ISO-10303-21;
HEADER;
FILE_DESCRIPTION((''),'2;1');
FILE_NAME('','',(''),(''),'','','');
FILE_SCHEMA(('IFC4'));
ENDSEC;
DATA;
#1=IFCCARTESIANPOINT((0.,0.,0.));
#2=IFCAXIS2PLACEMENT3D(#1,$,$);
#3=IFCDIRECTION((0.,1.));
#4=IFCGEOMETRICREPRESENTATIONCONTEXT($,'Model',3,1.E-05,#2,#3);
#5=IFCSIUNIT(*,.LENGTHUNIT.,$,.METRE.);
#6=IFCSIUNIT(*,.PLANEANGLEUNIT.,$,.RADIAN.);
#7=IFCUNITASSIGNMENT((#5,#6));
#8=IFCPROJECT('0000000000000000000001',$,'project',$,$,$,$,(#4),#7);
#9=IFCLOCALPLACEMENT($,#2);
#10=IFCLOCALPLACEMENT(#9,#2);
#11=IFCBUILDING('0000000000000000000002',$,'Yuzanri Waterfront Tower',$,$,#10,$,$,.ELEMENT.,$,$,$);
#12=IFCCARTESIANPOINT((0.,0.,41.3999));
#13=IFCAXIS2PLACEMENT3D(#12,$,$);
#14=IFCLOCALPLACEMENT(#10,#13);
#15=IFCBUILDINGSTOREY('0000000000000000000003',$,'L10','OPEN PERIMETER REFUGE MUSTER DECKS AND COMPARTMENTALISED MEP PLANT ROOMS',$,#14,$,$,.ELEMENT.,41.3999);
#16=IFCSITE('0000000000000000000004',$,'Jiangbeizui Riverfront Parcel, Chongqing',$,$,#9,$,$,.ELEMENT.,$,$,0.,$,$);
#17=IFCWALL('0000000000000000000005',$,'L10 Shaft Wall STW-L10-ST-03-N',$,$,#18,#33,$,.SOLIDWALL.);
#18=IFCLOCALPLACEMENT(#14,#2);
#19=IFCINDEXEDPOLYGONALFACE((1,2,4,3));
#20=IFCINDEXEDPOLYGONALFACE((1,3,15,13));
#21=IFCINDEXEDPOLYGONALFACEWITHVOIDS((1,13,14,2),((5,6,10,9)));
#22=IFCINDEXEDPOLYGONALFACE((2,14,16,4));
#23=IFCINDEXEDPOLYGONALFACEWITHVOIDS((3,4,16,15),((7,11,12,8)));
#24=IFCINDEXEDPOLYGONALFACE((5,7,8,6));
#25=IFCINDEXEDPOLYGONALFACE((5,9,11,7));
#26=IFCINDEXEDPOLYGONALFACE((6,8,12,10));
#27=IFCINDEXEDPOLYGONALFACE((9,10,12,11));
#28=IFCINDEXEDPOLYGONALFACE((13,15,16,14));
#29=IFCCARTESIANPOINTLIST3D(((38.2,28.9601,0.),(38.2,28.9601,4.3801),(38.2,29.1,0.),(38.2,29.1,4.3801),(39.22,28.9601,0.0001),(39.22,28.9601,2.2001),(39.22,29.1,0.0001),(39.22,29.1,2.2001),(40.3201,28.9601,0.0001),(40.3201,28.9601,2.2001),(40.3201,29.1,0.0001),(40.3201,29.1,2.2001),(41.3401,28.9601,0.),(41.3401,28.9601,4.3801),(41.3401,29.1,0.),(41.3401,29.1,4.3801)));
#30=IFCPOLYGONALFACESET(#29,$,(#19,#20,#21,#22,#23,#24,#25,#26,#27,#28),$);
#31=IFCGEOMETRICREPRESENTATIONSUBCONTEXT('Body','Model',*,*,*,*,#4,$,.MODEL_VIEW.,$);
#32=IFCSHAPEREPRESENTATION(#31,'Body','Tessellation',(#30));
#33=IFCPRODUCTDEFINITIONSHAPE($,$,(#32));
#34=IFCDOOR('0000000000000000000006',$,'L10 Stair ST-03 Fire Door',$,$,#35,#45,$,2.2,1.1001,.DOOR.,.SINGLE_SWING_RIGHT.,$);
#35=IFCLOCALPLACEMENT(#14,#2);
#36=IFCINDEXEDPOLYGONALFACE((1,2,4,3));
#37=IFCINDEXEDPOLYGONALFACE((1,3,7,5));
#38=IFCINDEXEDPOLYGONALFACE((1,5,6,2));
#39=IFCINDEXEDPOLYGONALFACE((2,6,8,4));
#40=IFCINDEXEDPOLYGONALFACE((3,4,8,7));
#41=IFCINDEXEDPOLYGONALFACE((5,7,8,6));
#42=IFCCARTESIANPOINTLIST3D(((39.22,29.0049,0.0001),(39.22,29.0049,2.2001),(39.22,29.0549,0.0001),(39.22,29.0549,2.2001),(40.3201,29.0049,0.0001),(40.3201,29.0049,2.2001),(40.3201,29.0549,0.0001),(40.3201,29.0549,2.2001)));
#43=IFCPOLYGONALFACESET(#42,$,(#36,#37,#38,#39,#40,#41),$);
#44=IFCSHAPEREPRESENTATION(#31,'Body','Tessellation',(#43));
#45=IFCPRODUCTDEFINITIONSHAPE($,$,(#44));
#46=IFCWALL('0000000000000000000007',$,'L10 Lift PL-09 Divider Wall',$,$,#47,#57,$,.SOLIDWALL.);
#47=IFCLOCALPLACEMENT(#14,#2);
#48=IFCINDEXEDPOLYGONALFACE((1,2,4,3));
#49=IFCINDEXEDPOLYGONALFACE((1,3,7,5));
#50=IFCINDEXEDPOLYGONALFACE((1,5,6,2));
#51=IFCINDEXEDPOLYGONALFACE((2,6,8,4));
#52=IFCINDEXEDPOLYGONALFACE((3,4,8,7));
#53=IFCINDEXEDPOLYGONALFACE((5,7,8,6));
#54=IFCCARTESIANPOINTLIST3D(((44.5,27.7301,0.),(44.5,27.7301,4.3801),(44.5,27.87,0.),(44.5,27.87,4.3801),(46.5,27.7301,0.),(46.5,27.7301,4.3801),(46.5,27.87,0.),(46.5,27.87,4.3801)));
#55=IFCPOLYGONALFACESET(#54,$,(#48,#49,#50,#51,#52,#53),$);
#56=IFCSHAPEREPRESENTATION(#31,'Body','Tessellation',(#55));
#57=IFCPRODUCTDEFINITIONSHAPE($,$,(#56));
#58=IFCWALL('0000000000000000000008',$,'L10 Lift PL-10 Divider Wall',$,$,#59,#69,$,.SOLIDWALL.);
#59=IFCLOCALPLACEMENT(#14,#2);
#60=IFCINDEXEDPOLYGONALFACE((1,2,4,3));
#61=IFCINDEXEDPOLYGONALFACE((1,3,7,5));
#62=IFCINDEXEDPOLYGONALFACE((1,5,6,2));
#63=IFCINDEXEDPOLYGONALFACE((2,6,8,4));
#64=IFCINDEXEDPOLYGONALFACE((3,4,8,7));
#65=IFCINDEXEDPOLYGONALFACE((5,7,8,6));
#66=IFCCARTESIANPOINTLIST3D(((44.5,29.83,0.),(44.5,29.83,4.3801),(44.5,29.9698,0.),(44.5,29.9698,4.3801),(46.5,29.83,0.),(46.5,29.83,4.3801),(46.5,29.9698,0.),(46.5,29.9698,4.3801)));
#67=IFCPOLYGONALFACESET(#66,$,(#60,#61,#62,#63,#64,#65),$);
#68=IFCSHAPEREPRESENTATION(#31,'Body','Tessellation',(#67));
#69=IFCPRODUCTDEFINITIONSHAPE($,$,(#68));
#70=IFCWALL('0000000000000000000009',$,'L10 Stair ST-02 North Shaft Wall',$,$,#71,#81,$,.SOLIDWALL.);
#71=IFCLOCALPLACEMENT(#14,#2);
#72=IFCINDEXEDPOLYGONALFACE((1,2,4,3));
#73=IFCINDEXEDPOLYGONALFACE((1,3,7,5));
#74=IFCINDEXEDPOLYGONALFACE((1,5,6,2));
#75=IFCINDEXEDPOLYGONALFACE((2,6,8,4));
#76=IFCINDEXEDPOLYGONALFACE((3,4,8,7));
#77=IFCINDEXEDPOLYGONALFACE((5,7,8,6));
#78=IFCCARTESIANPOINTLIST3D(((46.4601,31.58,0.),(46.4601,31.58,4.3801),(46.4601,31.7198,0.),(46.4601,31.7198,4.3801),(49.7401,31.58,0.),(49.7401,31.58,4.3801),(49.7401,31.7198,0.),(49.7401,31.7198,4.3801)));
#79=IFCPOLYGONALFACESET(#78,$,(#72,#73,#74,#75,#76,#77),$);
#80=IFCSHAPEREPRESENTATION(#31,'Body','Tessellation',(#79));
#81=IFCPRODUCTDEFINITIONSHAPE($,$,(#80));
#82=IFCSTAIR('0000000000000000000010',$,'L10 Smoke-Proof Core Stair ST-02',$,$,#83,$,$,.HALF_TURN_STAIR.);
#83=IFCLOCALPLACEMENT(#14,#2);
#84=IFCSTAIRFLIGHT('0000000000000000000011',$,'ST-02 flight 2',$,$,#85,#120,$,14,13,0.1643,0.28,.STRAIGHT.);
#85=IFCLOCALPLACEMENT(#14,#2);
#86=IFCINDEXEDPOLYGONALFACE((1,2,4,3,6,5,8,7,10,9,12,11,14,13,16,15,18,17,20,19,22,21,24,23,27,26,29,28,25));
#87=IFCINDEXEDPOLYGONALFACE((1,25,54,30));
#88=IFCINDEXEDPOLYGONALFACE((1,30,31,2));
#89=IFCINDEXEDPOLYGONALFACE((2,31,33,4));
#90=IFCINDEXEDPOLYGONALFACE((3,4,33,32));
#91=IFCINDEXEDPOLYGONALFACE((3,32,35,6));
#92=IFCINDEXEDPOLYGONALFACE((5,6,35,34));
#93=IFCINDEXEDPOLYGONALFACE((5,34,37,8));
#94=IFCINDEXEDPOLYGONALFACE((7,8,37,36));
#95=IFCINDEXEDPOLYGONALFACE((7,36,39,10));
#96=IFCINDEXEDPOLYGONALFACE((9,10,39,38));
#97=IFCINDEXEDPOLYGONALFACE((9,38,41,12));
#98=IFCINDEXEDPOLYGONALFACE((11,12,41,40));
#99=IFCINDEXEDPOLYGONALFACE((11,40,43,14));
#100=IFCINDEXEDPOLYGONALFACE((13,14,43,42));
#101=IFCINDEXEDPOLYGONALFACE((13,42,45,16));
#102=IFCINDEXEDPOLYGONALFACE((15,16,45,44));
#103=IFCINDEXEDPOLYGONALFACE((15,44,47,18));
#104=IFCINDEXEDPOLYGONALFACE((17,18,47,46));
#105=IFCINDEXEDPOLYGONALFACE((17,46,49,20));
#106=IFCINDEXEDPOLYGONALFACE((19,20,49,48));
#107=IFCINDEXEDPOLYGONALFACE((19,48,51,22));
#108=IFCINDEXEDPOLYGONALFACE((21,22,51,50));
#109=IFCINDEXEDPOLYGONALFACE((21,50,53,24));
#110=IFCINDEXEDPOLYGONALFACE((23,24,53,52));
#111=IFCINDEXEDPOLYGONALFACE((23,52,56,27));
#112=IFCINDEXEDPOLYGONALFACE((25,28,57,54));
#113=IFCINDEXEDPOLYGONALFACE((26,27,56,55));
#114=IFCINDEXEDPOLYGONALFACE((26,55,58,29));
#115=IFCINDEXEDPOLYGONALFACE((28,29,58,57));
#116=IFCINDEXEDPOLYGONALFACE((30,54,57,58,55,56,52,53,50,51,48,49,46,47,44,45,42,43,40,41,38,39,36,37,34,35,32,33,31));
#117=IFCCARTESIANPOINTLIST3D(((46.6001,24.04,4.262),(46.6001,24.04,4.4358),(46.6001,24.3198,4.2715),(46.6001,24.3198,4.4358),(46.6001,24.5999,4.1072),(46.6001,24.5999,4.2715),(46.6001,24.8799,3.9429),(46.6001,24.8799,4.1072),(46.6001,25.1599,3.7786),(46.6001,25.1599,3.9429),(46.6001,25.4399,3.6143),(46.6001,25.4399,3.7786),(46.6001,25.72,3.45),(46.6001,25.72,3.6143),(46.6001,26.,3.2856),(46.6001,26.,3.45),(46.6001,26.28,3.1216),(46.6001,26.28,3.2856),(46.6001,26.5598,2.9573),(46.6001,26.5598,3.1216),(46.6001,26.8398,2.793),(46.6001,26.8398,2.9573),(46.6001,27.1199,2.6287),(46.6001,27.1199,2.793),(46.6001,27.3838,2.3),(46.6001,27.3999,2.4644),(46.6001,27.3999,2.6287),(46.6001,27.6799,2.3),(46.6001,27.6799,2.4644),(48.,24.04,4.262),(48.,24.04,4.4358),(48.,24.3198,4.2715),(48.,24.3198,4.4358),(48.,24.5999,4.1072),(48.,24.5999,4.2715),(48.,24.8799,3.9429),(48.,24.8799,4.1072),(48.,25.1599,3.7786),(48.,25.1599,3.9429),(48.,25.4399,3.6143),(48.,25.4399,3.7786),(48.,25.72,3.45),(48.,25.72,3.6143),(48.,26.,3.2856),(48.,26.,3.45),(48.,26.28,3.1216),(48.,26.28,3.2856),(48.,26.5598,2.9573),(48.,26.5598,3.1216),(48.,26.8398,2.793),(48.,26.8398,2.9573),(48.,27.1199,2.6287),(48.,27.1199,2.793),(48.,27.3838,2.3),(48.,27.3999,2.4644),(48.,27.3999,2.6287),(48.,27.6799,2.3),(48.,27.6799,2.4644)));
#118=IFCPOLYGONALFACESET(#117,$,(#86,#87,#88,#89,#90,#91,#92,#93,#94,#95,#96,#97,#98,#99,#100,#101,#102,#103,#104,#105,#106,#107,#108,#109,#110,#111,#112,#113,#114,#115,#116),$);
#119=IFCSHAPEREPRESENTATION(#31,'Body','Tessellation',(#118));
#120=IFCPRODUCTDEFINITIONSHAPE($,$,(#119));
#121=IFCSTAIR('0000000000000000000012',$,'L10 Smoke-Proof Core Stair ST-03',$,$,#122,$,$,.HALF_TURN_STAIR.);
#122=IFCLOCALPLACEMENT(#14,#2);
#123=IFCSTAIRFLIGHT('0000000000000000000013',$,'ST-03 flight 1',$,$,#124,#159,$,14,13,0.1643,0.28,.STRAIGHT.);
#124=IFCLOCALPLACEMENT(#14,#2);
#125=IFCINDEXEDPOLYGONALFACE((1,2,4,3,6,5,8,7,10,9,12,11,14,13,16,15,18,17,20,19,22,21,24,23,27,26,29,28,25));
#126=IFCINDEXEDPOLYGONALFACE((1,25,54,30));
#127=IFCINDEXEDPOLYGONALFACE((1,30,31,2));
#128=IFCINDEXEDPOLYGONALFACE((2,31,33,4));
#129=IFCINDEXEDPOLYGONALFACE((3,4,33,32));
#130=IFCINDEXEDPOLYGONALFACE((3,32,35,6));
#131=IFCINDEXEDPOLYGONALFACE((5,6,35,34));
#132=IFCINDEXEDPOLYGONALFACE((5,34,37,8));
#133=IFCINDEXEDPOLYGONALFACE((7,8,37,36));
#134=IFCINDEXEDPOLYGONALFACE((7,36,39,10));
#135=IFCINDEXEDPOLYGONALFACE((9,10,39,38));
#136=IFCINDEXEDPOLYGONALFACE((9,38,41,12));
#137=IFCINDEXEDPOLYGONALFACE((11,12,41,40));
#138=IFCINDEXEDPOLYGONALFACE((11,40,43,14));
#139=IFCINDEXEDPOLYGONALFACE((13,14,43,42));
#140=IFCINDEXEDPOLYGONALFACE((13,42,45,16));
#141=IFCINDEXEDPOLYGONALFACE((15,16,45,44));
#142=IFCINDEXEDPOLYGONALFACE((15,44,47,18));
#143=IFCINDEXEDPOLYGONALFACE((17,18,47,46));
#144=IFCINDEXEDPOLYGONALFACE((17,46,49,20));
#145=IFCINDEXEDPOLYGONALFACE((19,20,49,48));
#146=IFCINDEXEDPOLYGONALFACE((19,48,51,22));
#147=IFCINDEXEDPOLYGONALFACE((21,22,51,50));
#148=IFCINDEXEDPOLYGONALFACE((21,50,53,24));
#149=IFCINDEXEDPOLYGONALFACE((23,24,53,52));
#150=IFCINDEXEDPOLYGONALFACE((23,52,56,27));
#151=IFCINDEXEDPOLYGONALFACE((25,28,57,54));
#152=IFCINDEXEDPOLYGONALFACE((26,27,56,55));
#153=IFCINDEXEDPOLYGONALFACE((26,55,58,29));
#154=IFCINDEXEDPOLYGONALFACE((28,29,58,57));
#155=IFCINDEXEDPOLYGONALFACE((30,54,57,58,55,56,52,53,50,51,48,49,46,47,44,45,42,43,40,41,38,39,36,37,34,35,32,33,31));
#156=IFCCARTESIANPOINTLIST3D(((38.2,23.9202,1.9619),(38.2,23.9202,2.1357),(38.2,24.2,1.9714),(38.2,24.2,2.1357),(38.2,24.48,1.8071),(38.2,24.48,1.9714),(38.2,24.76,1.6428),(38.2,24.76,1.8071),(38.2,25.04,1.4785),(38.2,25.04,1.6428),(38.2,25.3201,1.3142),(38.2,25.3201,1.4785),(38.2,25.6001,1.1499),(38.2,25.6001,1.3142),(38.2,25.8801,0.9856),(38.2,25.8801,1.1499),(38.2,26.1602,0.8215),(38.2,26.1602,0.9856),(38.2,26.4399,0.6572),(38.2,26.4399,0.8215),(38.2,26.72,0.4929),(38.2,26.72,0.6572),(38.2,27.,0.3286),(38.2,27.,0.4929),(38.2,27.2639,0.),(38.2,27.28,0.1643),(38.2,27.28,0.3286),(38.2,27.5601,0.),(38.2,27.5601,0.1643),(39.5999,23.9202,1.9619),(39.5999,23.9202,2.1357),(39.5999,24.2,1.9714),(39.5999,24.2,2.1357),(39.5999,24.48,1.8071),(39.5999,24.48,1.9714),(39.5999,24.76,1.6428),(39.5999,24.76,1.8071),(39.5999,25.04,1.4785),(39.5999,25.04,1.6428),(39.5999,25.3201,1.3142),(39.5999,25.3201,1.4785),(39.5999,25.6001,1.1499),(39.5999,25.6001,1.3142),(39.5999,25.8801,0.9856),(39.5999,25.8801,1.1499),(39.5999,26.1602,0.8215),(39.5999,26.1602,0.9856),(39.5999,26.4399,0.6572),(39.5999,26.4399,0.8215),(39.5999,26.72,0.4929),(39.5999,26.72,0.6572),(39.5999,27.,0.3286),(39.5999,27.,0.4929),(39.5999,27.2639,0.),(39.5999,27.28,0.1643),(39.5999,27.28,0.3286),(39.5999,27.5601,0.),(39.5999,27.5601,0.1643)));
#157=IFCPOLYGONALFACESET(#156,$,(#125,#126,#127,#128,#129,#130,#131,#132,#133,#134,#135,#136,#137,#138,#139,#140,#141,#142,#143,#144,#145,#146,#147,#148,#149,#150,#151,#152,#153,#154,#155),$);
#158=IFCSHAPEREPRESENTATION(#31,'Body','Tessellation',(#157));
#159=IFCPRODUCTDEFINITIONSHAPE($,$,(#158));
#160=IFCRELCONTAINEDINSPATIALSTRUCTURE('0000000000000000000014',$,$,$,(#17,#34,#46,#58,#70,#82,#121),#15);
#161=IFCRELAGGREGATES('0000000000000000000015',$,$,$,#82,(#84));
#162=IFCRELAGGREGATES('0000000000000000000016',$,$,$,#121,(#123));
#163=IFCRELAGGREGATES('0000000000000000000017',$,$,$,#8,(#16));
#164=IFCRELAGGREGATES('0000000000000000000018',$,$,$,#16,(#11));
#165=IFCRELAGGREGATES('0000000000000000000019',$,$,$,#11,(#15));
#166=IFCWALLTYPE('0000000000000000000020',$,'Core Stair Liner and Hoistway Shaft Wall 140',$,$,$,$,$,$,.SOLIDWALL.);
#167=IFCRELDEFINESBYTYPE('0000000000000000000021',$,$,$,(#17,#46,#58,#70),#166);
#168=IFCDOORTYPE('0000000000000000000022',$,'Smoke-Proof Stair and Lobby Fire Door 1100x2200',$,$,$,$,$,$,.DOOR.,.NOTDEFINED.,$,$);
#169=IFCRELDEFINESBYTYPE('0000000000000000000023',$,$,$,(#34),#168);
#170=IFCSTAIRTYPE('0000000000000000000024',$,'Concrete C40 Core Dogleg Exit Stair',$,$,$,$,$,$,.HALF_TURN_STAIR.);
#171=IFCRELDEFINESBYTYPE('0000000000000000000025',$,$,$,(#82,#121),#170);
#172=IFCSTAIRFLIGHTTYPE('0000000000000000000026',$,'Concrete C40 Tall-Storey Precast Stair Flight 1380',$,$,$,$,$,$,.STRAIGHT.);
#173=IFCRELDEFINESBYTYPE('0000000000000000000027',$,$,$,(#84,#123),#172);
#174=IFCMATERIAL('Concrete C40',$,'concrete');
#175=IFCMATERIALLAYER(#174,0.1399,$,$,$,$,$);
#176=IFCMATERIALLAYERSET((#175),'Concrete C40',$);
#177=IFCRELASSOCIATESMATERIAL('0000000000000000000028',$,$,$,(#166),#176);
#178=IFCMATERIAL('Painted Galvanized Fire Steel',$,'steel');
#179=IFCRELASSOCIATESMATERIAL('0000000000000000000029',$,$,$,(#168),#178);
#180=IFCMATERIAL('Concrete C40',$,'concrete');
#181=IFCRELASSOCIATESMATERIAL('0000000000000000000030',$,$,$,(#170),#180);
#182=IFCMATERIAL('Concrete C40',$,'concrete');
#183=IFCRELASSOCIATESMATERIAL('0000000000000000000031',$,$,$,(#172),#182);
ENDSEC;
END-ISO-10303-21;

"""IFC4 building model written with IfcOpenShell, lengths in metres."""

from ifc_helpers import new_model, si_unit, direction, frame, frame_2d, origin, place, context, subcontext, project, spatial, polyline, rectangle, outline, extrude, source, transform, mapped, material, layer, layer_set, type_object, element, fill, aggregate, save


model = new_model("IFC4")

# Units and contexts
model_context = context("Model", 3, precision=1e-05, world=origin(), true_north=direction((0.0, 1.0)))
body_context = subcontext(model_context, "Body", "Model", "MODEL_VIEW")
ifc_project = project(units=[si_unit("LENGTHUNIT", "METRE"), si_unit("PLANEANGLEUNIT", "RADIAN")], contexts=[model_context])

# Site, building, storey
site_placement = place(None, origin())
site = spatial("IfcSite", under=ifc_project, at=site_placement, Name="Jiangbeizui Riverfront Parcel, Chongqing", CompositionType="ELEMENT", RefElevation=0.0)
building_placement = place(site_placement, origin())
building = spatial("IfcBuilding", under=site, at=building_placement, Name="Yuzanri Waterfront Tower", CompositionType="ELEMENT")
storey_placement = place(building_placement, frame((0.0, 0.0, 41.3999)))
storey = spatial("IfcBuildingStorey", under=building, at=storey_placement, Name="L10", Description="OPEN PERIMETER REFUGE MUSTER DECKS AND COMPARTMENTALISED MEP PLANT ROOMS", CompositionType="ELEMENT", Elevation=41.3999)

# Wall, opening, door
ifc_material_1 = material(Name="Concrete C40", Category="concrete")
ifc_layer_1 = layer(ifc_material_1, 0.1399)
ifc_layer_set_1 = layer_set([ifc_layer_1], Name="Concrete C40")
wall_type = type_object("IfcWallType", Name="Core Stair Liner and Hoistway Shaft Wall 140", PredefinedType="SOLIDWALL", material=ifc_layer_set_1)
wall_1_placement = place(storey_placement, frame((38.2, 29.03, 0.0), z_axis=(0.0, 0.0, 1.0), x_axis=(1.0, 0.0, 0.0)))
wall_1 = element("IfcWall", 1, at=wall_1_placement, inside=storey, type_object=wall_type, Name="L10 Shaft Wall STW-L10-ST-03-N", PredefinedType="SOLIDWALL", context=body_context, shape_type="SweptSolid", body=[
    extrude(rectangle(XDim=3.1401, YDim=0.1399, at=frame_2d((1.5701, 0.0))), origin(), (0.0, 0.0, 1.0), 4.3801),
])
opening_placement = place(wall_1_placement, frame((1.02, 0.0, 0.0)))
opening = element("IfcOpeningElement", 2, at=opening_placement, cuts=wall_1, PredefinedType="OPENING", context=body_context, shape_type="SweptSolid", body=[
    extrude(rectangle(XDim=1.1001, YDim=2.2, at=frame_2d((0.55, 1.1001))), frame((0.0, 0.085, 0.0), z_axis=(0.0, -1.0, 0.0), x_axis=(1.0, 0.0, 0.0)), (0.0, 0.0, 1.0), 0.1697),
])
ifc_material_2 = material(Name="Painted Galvanized Fire Steel", Category="steel")
door_type = type_object("IfcDoorType", Name="Smoke-Proof Stair and Lobby Fire Door 1100x2200", OperationType="NOTDEFINED", PredefinedType="DOOR", material=ifc_material_2)
shared_shape_1 = source(origin(), body_context, "Body", "SweptSolid", [
    extrude(rectangle(XDim=1.1001, YDim=2.2, at=frame_2d((0.55, 1.1001))), frame((0.0, 0.0249, 0.0), z_axis=(0.0, -1.0, 0.0), x_axis=(1.0, 0.0, 0.0)), (0.0, 0.0, 1.0), 0.05),
])
door_placement = place(opening_placement, origin())
door = element("IfcDoor", 3, at=door_placement, inside=storey, type_object=door_type, Name="L10 Stair ST-03 Fire Door", OperationType="SINGLE_SWING_RIGHT", OverallHeight=2.2, OverallWidth=1.1001, PredefinedType="DOOR", context=body_context, shape_type="MappedRepresentation", body=[
    mapped(shared_shape_1, transform((0.0, 0.0, 0.0), scale=1.0)),
])
fill(opening, door)

# Walls
shared_shape_2 = source(origin(), body_context, "Body", "SweptSolid", [
    extrude(rectangle(XDim=2.0, YDim=0.1399, at=frame_2d((1.0, 0.0))), origin(), (0.0, 0.0, 1.0), 4.3801),
])
for number, where, z_axis, x_axis, name in (
    (4, (44.5, 27.8, 0.0), (0.0, 0.0, 1.0), (1.0, 0.0, 0.0), "L10 Lift PL-09 Divider Wall"),
    (5, (44.5, 29.8999, 0.0), (0.0, 0.0, 1.0), (1.0, 0.0, 0.0), "L10 Lift PL-10 Divider Wall"),
):
    element("IfcWall", number, at=place(storey_placement, frame(where, z_axis=z_axis, x_axis=x_axis)), inside=storey, type_object=wall_type, Name=name, PredefinedType="SOLIDWALL", context=body_context, shape_type="MappedRepresentation", body=[
        mapped(shared_shape_2, transform((0.0, 0.0, 0.0), scale=1.0)),
    ])
shared_shape_3 = source(origin(), body_context, "Body", "SweptSolid", [
    extrude(rectangle(XDim=3.28, YDim=0.1399, at=frame_2d((1.6401, 0.0))), origin(), (0.0, 0.0, 1.0), 4.3801),
])
wall_2_placement = place(storey_placement, frame((46.46, 31.6499, 0.0), z_axis=(0.0, 0.0, 1.0), x_axis=(1.0, 0.0, 0.0)))
element("IfcWall", 6, at=wall_2_placement, inside=storey, type_object=wall_type, Name="L10 Stair ST-02 North Shaft Wall", PredefinedType="SOLIDWALL", context=body_context, shape_type="MappedRepresentation", body=[
    mapped(shared_shape_3, transform((0.0, 0.0, 0.0), scale=1.0)),
])

# Stairs, stair flights
ifc_material_3 = material(Name="Concrete C40", Category="concrete")
stair_type = type_object("IfcStairType", Name="Concrete C40 Core Dogleg Exit Stair", PredefinedType="HALF_TURN_STAIR", material=ifc_material_3)
stair_1_placement = place(storey_placement, origin())
stair_1 = element("IfcStair", 7, at=stair_1_placement, inside=storey, type_object=stair_type, Name="L10 Smoke-Proof Core Stair ST-02", PredefinedType="HALF_TURN_STAIR")
ifc_material_4 = material(Name="Concrete C40", Category="concrete")
stair_flight_type = type_object("IfcStairFlightType", Name="Concrete C40 Tall-Storey Precast Stair Flight 1380", PredefinedType="STRAIGHT", material=ifc_material_4)
shared_shape_4 = source(origin(), body_context, "Body", "SweptSolid", [
    extrude(outline(polyline([(0.0, 0.0), (0.0, 0.1643), (0.28, 0.1643), (0.28, 0.3286), (0.5601, 0.3286), (0.5601, 0.4929), (0.8401, 0.4929), (0.8401, 0.6572), (1.1201, 0.6572), (1.1201, 0.8215), (1.3999, 0.8215), (1.3999, 0.9856), (1.6799, 0.9856), (1.6799, 1.1499), (1.96, 1.1499), (1.96, 1.3142), (2.24, 1.3142), (2.24, 1.4785), (2.52, 1.4785), (2.52, 1.6428), (2.8, 1.6428), (2.8, 1.8071), (3.0801, 1.8071), (3.0801, 1.9714), (3.3601, 1.9714), (3.3601, 2.1357), (3.6399, 2.1357), (3.6399, 2.3), (3.6399, 1.9619), (0.2961, 0.0), (0.0, 0.0)])), frame((0.0, 0.7, 0.0), z_axis=(0.0, -1.0, 0.0), x_axis=(1.0, 0.0, 0.0)), (0.0, 0.0, 1.0), 1.3999),
])
stair_flight_1_placement = place(storey_placement, frame((47.3, 27.6799, 2.3), z_axis=(0.0, 0.0, 1.0), x_axis=(0.0, -1.0, 0.0)))
stair_flight_1 = element("IfcStairFlight", 8, at=stair_flight_1_placement, type_object=stair_flight_type, Name="ST-02 flight 2", NumberOfRisers=14, NumberOfTreads=13, PredefinedType="STRAIGHT", RiserHeight=0.1643, TreadLength=0.28, context=body_context, shape_type="MappedRepresentation", body=[
    mapped(shared_shape_4, transform((0.0, 0.0, 0.0), scale=1.0)),
])
aggregate(stair_1, [stair_flight_1])
stair_2_placement = place(storey_placement, origin())
stair_2 = element("IfcStair", 9, at=stair_2_placement, inside=storey, type_object=stair_type, Name="L10 Smoke-Proof Core Stair ST-03", PredefinedType="HALF_TURN_STAIR")
stair_flight_2_placement = place(storey_placement, frame((38.8999, 27.5601, 0.0), z_axis=(0.0, 0.0, 1.0), x_axis=(0.0, -1.0, 0.0)))
stair_flight_2 = element("IfcStairFlight", 10, at=stair_flight_2_placement, type_object=stair_flight_type, Name="ST-03 flight 1", NumberOfRisers=14, NumberOfTreads=13, PredefinedType="STRAIGHT", RiserHeight=0.1643, TreadLength=0.28, context=body_context, shape_type="MappedRepresentation", body=[
    mapped(shared_shape_4, transform((0.0, 0.0, 0.0), scale=1.0)),
])
aggregate(stair_2, [stair_flight_2])

save(model, "model.ifc")
